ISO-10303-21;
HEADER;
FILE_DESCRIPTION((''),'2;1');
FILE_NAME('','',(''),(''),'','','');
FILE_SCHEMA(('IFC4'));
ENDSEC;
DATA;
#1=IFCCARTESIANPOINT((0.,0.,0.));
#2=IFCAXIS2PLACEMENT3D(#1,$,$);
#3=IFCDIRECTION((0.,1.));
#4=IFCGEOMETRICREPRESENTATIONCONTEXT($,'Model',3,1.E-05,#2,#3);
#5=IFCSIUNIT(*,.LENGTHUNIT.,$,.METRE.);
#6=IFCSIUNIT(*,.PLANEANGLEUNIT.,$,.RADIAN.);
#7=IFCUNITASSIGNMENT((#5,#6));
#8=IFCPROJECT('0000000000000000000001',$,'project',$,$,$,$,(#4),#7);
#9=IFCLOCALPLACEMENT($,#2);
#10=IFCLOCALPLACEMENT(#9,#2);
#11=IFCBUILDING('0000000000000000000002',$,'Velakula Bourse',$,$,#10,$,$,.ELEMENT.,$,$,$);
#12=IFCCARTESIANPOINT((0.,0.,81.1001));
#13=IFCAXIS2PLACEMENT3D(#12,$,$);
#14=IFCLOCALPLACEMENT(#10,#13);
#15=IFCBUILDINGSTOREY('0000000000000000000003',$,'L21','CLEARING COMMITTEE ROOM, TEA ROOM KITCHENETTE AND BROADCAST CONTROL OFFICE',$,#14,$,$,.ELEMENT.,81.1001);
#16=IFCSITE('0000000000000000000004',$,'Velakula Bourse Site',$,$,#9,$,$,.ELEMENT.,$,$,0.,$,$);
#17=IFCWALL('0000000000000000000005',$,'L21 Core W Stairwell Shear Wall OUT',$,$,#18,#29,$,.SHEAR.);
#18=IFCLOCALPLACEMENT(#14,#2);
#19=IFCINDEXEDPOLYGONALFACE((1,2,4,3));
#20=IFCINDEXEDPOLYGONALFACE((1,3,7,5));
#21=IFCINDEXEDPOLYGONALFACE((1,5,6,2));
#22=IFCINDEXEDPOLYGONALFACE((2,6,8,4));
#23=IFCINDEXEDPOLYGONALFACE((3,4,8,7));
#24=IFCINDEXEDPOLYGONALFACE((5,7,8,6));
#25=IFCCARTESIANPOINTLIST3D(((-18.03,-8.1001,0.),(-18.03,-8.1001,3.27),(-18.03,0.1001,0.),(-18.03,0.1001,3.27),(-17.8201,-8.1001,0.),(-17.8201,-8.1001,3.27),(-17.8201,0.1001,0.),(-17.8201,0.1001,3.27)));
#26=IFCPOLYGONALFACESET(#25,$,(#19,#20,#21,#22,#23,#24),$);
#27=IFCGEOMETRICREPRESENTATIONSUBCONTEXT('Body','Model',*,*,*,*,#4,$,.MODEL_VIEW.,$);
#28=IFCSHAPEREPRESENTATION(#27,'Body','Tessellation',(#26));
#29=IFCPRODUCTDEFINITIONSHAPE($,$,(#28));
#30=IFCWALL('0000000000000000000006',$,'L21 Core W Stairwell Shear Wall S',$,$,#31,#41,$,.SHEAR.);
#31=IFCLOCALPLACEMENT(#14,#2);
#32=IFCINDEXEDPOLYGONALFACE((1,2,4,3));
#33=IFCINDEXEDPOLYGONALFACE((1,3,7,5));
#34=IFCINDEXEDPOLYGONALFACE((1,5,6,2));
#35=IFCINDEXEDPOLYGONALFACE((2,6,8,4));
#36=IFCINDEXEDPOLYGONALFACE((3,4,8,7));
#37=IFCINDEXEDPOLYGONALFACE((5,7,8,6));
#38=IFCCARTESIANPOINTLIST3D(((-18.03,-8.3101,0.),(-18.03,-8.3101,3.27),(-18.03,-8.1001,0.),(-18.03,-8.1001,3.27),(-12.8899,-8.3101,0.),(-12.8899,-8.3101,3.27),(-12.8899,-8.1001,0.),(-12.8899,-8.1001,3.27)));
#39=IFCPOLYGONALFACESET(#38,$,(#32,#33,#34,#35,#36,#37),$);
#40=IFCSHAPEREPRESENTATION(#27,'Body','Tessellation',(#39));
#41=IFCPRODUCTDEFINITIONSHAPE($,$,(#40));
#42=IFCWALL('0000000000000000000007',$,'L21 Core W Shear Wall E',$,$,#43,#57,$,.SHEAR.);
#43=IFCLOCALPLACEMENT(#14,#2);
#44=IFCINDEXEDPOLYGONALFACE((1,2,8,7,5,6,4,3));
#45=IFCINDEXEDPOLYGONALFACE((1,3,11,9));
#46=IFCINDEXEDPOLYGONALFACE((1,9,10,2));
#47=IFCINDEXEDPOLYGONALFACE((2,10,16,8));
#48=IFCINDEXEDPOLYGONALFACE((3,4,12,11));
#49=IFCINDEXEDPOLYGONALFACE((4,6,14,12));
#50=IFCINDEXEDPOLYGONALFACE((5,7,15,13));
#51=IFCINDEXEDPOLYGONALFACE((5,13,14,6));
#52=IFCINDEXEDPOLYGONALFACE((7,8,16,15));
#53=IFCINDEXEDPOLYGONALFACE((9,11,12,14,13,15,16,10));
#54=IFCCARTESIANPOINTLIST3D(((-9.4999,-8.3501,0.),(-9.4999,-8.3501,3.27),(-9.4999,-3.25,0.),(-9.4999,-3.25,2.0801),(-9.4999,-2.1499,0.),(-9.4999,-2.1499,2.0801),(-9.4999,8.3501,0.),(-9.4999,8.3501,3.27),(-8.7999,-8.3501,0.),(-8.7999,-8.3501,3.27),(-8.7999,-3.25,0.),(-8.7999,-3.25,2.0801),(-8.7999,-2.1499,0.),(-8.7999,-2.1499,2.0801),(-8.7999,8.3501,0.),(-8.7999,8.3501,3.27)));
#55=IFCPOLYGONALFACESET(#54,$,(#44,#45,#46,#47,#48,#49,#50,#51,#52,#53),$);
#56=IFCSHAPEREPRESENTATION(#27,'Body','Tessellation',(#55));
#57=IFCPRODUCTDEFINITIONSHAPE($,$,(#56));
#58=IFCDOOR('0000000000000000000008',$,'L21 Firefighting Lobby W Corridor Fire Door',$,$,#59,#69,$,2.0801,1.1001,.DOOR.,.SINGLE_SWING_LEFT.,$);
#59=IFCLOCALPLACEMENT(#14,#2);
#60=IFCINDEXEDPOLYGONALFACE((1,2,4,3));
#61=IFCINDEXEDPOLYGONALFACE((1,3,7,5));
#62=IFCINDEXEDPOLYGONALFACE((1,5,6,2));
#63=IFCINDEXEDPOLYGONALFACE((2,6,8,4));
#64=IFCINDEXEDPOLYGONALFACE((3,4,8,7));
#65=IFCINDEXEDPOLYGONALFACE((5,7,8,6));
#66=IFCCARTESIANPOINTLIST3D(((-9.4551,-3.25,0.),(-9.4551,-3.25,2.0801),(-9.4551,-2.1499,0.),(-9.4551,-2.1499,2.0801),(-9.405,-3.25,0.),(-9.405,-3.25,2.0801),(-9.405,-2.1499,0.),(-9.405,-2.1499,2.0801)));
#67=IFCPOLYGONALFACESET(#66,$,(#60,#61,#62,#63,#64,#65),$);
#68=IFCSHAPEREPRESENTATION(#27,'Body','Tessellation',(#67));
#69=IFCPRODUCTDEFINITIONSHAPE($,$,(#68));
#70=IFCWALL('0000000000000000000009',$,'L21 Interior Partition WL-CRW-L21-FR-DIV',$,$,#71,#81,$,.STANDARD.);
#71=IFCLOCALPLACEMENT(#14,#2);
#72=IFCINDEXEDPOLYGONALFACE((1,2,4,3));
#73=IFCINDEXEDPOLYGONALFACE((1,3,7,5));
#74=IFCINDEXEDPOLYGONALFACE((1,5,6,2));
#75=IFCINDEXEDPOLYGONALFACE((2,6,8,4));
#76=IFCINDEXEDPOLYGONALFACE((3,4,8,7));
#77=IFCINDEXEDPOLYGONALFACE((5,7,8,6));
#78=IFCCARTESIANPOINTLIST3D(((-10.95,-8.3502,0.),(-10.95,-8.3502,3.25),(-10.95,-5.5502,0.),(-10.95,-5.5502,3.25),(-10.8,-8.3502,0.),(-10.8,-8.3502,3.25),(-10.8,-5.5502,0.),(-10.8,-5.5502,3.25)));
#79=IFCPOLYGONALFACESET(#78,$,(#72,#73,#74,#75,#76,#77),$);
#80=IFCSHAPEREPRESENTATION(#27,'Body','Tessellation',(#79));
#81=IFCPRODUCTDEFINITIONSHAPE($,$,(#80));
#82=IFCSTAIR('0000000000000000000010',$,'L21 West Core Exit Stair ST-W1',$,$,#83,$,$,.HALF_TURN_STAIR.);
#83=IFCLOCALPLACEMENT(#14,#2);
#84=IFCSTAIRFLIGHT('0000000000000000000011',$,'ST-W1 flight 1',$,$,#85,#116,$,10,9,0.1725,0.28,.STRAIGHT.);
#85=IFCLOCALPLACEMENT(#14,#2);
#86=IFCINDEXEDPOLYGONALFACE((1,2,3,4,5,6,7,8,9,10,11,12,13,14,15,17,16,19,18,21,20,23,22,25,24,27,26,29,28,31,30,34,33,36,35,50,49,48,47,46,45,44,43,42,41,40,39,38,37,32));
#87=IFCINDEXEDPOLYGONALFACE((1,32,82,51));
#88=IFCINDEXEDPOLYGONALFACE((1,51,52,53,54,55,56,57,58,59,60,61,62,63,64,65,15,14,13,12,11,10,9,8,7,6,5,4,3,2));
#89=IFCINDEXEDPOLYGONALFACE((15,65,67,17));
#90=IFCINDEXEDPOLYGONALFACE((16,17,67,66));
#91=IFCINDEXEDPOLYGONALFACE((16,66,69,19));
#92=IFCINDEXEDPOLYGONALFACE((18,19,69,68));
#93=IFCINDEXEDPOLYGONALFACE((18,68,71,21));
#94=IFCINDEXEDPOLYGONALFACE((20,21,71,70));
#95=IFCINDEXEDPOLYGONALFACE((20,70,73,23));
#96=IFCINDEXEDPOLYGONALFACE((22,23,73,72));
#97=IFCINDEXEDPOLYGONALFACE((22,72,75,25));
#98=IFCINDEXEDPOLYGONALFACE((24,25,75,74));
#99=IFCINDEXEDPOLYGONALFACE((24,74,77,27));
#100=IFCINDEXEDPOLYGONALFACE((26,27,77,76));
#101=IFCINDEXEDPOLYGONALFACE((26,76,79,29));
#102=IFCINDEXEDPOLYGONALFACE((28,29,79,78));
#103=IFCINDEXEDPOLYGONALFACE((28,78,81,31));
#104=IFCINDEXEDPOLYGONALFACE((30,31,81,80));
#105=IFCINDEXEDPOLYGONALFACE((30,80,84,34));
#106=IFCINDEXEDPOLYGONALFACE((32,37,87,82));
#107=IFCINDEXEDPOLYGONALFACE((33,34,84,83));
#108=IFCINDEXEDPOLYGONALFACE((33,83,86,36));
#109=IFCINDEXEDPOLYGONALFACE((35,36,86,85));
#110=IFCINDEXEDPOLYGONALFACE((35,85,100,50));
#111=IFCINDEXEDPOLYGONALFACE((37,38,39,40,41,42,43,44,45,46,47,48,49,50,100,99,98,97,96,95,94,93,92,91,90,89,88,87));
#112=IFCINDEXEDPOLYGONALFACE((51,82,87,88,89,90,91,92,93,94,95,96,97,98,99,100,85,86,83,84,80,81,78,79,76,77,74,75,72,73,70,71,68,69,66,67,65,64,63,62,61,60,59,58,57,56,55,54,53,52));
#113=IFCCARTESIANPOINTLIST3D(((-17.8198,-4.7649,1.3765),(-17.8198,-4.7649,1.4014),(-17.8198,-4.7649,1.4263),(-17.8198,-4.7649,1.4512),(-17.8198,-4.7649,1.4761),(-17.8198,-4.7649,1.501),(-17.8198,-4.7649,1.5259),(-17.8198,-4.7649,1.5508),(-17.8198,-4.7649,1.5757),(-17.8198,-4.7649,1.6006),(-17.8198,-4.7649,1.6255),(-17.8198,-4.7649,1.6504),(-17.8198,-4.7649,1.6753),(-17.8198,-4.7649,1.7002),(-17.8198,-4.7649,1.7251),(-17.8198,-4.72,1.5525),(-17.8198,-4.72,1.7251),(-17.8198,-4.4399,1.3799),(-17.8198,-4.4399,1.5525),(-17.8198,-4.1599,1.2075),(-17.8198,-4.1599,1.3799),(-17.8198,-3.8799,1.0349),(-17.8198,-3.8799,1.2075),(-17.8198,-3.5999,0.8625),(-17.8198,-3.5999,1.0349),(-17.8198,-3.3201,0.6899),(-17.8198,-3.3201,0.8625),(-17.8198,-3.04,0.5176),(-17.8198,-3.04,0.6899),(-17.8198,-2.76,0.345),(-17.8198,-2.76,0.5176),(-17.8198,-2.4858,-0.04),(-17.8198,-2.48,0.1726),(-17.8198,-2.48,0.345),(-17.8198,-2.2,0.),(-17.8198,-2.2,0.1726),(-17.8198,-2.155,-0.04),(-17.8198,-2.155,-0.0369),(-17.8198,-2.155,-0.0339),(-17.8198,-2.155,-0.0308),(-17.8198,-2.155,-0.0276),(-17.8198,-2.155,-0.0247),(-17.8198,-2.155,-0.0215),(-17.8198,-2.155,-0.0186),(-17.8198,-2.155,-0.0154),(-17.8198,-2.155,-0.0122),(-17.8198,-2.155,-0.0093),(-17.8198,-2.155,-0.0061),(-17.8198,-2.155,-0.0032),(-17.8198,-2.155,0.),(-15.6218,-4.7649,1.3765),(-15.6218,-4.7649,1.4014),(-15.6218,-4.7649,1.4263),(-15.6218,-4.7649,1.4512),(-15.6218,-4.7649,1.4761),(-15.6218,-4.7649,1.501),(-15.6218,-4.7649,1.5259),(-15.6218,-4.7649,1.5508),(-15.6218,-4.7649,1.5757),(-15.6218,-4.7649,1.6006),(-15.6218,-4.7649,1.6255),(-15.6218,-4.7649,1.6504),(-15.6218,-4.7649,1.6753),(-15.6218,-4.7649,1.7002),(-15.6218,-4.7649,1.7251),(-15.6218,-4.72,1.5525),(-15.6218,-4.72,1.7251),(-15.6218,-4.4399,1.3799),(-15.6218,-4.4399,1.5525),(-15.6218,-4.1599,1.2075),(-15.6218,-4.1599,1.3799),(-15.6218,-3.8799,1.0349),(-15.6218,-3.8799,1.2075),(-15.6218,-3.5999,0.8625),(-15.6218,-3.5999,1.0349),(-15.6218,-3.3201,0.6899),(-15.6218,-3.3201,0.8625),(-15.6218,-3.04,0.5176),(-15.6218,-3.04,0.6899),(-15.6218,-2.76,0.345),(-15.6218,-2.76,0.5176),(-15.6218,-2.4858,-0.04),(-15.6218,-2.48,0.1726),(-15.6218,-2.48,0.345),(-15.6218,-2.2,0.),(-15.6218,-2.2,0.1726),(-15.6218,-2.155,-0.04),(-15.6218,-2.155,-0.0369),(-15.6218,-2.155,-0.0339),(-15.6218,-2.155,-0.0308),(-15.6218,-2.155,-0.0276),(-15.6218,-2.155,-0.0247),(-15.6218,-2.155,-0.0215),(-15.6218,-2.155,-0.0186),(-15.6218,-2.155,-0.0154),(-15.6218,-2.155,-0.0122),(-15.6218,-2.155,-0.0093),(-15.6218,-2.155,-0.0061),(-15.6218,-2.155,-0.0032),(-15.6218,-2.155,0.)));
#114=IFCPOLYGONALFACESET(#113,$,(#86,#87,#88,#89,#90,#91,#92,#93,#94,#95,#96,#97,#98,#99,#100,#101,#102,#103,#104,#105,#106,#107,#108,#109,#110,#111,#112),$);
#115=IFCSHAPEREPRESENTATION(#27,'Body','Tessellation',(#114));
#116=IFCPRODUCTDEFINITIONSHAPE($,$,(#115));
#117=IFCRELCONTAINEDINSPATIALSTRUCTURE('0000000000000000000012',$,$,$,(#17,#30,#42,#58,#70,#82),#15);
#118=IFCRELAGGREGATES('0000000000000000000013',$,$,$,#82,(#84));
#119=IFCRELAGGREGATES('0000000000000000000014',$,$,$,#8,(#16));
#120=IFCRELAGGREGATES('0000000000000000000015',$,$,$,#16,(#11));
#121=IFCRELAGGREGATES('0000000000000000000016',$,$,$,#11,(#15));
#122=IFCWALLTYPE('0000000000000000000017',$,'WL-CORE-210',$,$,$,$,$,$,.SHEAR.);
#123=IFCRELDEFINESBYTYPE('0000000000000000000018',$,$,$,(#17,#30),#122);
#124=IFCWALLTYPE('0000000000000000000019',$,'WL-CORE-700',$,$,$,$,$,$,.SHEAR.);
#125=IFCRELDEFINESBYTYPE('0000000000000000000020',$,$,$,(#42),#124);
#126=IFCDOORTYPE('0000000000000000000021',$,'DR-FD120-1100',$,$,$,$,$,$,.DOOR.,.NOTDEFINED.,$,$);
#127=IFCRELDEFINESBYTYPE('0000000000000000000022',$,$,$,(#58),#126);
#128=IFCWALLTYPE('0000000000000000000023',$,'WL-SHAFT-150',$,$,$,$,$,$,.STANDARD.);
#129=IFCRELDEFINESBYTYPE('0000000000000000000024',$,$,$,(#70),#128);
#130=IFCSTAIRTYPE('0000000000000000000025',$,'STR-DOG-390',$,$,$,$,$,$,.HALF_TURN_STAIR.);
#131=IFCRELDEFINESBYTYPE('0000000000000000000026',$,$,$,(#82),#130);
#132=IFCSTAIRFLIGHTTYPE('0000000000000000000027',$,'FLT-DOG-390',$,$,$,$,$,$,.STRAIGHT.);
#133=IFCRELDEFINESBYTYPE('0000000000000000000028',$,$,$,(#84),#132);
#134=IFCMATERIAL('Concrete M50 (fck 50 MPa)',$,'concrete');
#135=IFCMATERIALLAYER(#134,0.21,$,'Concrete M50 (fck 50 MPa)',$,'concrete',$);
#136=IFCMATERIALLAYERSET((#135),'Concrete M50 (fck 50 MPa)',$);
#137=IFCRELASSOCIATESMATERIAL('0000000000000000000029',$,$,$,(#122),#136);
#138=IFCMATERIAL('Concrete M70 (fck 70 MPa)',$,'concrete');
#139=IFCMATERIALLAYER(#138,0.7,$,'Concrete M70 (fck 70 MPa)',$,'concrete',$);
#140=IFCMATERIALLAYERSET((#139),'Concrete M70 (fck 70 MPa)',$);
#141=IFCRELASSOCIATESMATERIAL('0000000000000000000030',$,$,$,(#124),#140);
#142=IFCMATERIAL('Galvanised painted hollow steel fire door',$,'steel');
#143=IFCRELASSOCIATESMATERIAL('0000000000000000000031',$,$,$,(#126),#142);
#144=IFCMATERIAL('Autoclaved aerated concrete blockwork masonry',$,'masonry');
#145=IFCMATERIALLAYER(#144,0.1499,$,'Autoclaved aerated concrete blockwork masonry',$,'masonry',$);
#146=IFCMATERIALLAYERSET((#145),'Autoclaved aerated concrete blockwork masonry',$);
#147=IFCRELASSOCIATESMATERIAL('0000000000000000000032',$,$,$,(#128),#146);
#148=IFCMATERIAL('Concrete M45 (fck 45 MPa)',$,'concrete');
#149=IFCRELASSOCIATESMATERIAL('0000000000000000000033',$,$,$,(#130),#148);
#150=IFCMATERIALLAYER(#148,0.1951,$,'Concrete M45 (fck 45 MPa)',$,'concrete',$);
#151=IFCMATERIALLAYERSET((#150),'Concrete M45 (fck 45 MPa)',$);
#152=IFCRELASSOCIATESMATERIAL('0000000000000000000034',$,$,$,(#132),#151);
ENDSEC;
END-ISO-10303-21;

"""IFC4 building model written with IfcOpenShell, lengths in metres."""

from ifc_helpers import new_model, si_unit, direction, frame, frame_2d, origin, place, context, subcontext, project, spatial, polyline, rectangle, outline, extrude, material, layer, layer_set, type_object, element, fill, aggregate, save


model = new_model("IFC4")

# Units and contexts
model_context = context("Model", 3, precision=1e-05, world=origin(), true_north=direction((0.0, 1.0)))
body_context = subcontext(model_context, "Body", "Model", "MODEL_VIEW")
ifc_project = project(units=[si_unit("LENGTHUNIT", "METRE"), si_unit("PLANEANGLEUNIT", "RADIAN")], contexts=[model_context])

# Site, building, storey
site_placement = place(None, origin())
site = spatial("IfcSite", under=ifc_project, at=site_placement, Name="Velakula Bourse Site", CompositionType="ELEMENT", RefElevation=0.0)
building_placement = place(site_placement, origin())
building = spatial("IfcBuilding", under=site, at=building_placement, Name="Velakula Bourse", CompositionType="ELEMENT")
storey_placement = place(building_placement, frame((0.0, 0.0, 81.1001)))
storey = spatial("IfcBuildingStorey", under=building, at=storey_placement, Name="L21", Description="CLEARING COMMITTEE ROOM, TEA ROOM KITCHENETTE AND BROADCAST CONTROL OFFICE", CompositionType="ELEMENT", Elevation=81.1001)

# Shared definitions
ifc_material_1 = material(Name="Concrete M70 (fck 70 MPa)", Category="concrete")

# Shared definitions
ifc_material_2 = material(Name="Concrete M50 (fck 50 MPa)", Category="concrete")
ifc_layer_1 = layer(ifc_material_2, 0.21, Name="Concrete M50 (fck 50 MPa)", Category="concrete")
ifc_layer_set_1 = layer_set([ifc_layer_1], Name="Concrete M50 (fck 50 MPa)")
wall_type_1 = type_object("IfcWallType", Name="WL-CORE-210", PredefinedType="SHEAR", material=ifc_layer_set_1)
ifc_material_3 = material(Name="Galvanised painted hollow steel fire door", Category="steel")

# Walls
wall_1_placement = place(storey_placement, frame((-17.925, -8.1001, 0.0), z_axis=(0.0, 0.0, 1.0), x_axis=(0.0, 1.0, 0.0)))
element("IfcWall", 1, at=wall_1_placement, inside=storey, type_object=wall_type_1, Name="L21 Core W Stairwell Shear Wall OUT", PredefinedType="SHEAR", context=body_context, shape_type="SweptSolid", body=[
    extrude(rectangle(XDim=8.2002, YDim=0.21, at=frame_2d((4.1001, 0.0))), origin(), (0.0, 0.0, 1.0), 3.27),
])
wall_2_placement = place(storey_placement, frame((-18.03, -8.2051, 0.0), z_axis=(0.0, 0.0, 1.0), x_axis=(1.0, 0.0, 0.0)))
element("IfcWall", 2, at=wall_2_placement, inside=storey, type_object=wall_type_1, Name="L21 Core W Stairwell Shear Wall S", PredefinedType="SHEAR", context=body_context, shape_type="SweptSolid", body=[
    extrude(rectangle(XDim=5.1401, YDim=0.21, at=frame_2d((2.5701, 0.0))), origin(), (0.0, 0.0, 1.0), 3.27),
])

# Wall, opening, door
ifc_layer_2 = layer(ifc_material_1, 0.7, Name="Concrete M70 (fck 70 MPa)", Category="concrete")
ifc_layer_set_2 = layer_set([ifc_layer_2], Name="Concrete M70 (fck 70 MPa)")
wall_type_2 = type_object("IfcWallType", Name="WL-CORE-700", PredefinedType="SHEAR", material=ifc_layer_set_2)
wall_3_placement = place(storey_placement, frame((-9.1499, -8.3501, 0.0), z_axis=(0.0, 0.0, 1.0), x_axis=(0.0, 1.0, 0.0)))
wall_3 = element("IfcWall", 3, at=wall_3_placement, inside=storey, type_object=wall_type_2, Name="L21 Core W Shear Wall E", PredefinedType="SHEAR", context=body_context, shape_type="SweptSolid", body=[
    extrude(rectangle(XDim=16.7002, YDim=0.7, at=frame_2d((8.3501, 0.0))), origin(), (0.0, 0.0, 1.0), 3.27),
])
opening_1_placement = place(wall_3_placement, frame((5.1001, 0.0, 0.0)))
opening_1 = element("IfcOpeningElement", 4, at=opening_1_placement, cuts=wall_3, PredefinedType="OPENING", context=body_context, shape_type="SweptSolid", body=[
    extrude(rectangle(XDim=1.1001, YDim=2.0801, at=frame_2d((0.55, 1.04))), frame((0.0, 0.3599, 0.0), z_axis=(0.0, -1.0, 0.0), x_axis=(1.0, 0.0, 0.0)), (0.0, 0.0, 1.0), 0.72),
])
door_type_1 = type_object("IfcDoorType", Name="DR-FD120-1100", OperationType="NOTDEFINED", PredefinedType="DOOR", material=ifc_material_3)
door_1_placement = place(opening_1_placement, origin())
door_1 = element("IfcDoor", 5, at=door_1_placement, inside=storey, type_object=door_type_1, Name="L21 Firefighting Lobby W Corridor Fire Door", OperationType="SINGLE_SWING_LEFT", OverallHeight=2.0801, OverallWidth=1.1001, PredefinedType="DOOR", context=body_context, shape_type="SweptSolid", body=[
    extrude(rectangle(XDim=1.1001, YDim=2.0801, at=frame_2d((0.55, 1.04))), frame((0.0, 0.3052, 0.0), z_axis=(0.0, -1.0, 0.0), x_axis=(1.0, 0.0, 0.0)), (0.0, 0.0, 1.0), 0.05),
])
fill(opening_1, door_1)

# Shared definitions
ifc_material_4 = material(Name="Autoclaved aerated concrete blockwork masonry", Category="masonry")
ifc_layer_3 = layer(ifc_material_4, 0.1499, Name="Autoclaved aerated concrete blockwork masonry", Category="masonry")
ifc_layer_set_3 = layer_set([ifc_layer_3], Name="Autoclaved aerated concrete blockwork masonry")
wall_type_3 = type_object("IfcWallType", Name="WL-SHAFT-150", PredefinedType="STANDARD", material=ifc_layer_set_3)

# Wall
wall_4_placement = place(storey_placement, frame((-10.875, -8.3501, 0.0), z_axis=(0.0, 0.0, 1.0), x_axis=(0.0, 1.0, 0.0)))
element("IfcWall", 6, at=wall_4_placement, inside=storey, type_object=wall_type_3, Name="L21 Interior Partition WL-CRW-L21-FR-DIV", PredefinedType="STANDARD", context=body_context, shape_type="SweptSolid", body=[
    extrude(rectangle(XDim=2.8, YDim=0.1499, at=frame_2d((1.3999, 0.0))), origin(), (0.0, 0.0, 1.0), 3.25),
])

# Stair, stair flight
ifc_material_5 = material(Name="Concrete M45 (fck 45 MPa)", Category="concrete")
stair_type = type_object("IfcStairType", Name="STR-DOG-390", PredefinedType="HALF_TURN_STAIR", material=ifc_material_5)
stair_placement = place(storey_placement, origin())
stair = element("IfcStair", 7, at=stair_placement, inside=storey, type_object=stair_type, Name="L21 West Core Exit Stair ST-W1", PredefinedType="HALF_TURN_STAIR")
ifc_layer_4 = layer(ifc_material_5, 0.1951, Name="Concrete M45 (fck 45 MPa)", Category="concrete")
ifc_layer_set_4 = layer_set([ifc_layer_4], Name="Concrete M45 (fck 45 MPa)")
stair_flight_type = type_object("IfcStairFlightType", Name="FLT-DOG-390", PredefinedType="STRAIGHT", material=ifc_layer_set_4)
stair_flight_1_placement = place(storey_placement, frame((-16.7209, -2.2, 0.0), z_axis=(0.0, 0.0, 1.0), x_axis=(0.0, -1.0, 0.0)))
stair_flight_1 = element("IfcStairFlight", 8, at=stair_flight_1_placement, type_object=stair_flight_type, Name="ST-W1 flight 1", NumberOfRisers=10, NumberOfTreads=9, PredefinedType="STRAIGHT", RiserHeight=0.1725, TreadLength=0.28, context=body_context, shape_type="SweptSolid", body=[
    extrude(outline(polyline([(-0.0449, -0.04), (-0.0449, -0.0369), (-0.0449, -0.0339), (-0.0449, -0.0308), (-0.0449, -0.0276), (-0.0449, -0.0247), (-0.0449, -0.0215), (-0.0449, -0.0186), (-0.0449, -0.0154), (-0.0449, -0.0122), (-0.0449, -0.0093), (-0.0449, -0.0061), (-0.0449, -0.0032), (-0.0449, 0.0), (0.0, 0.0), (0.0, 0.1726), (0.28, 0.1726), (0.28, 0.345), (0.5601, 0.345), (0.5601, 0.5176), (0.8401, 0.5176), (0.8401, 0.6899), (1.1201, 0.6899), (1.1201, 0.8625), (1.3999, 0.8625), (1.3999, 1.0349), (1.6799, 1.0349), (1.6799, 1.2075), (1.96, 1.2075), (1.96, 1.3799), (2.24, 1.3799), (2.24, 1.5525), (2.52, 1.5525), (2.52, 1.7251), (2.5649, 1.7251), (2.5649, 1.7002), (2.5649, 1.6753), (2.5649, 1.6504), (2.5649, 1.6255), (2.5649, 1.6006), (2.5649, 1.5757), (2.5649, 1.5508), (2.5649, 1.5259), (2.5649, 1.501), (2.5649, 1.4761), (2.5649, 1.4512), (2.5649, 1.4263), (2.5649, 1.4014), (2.5649, 1.3765), (0.2859, -0.04), (-0.0449, -0.04)])), frame((0.0, 1.0991, 0.0), z_axis=(0.0, -1.0, 0.0), x_axis=(1.0, 0.0, 0.0)), (0.0, 0.0, 1.0), 2.198),
])
aggregate(stair, [stair_flight_1])

save(model, "model.ifc")
